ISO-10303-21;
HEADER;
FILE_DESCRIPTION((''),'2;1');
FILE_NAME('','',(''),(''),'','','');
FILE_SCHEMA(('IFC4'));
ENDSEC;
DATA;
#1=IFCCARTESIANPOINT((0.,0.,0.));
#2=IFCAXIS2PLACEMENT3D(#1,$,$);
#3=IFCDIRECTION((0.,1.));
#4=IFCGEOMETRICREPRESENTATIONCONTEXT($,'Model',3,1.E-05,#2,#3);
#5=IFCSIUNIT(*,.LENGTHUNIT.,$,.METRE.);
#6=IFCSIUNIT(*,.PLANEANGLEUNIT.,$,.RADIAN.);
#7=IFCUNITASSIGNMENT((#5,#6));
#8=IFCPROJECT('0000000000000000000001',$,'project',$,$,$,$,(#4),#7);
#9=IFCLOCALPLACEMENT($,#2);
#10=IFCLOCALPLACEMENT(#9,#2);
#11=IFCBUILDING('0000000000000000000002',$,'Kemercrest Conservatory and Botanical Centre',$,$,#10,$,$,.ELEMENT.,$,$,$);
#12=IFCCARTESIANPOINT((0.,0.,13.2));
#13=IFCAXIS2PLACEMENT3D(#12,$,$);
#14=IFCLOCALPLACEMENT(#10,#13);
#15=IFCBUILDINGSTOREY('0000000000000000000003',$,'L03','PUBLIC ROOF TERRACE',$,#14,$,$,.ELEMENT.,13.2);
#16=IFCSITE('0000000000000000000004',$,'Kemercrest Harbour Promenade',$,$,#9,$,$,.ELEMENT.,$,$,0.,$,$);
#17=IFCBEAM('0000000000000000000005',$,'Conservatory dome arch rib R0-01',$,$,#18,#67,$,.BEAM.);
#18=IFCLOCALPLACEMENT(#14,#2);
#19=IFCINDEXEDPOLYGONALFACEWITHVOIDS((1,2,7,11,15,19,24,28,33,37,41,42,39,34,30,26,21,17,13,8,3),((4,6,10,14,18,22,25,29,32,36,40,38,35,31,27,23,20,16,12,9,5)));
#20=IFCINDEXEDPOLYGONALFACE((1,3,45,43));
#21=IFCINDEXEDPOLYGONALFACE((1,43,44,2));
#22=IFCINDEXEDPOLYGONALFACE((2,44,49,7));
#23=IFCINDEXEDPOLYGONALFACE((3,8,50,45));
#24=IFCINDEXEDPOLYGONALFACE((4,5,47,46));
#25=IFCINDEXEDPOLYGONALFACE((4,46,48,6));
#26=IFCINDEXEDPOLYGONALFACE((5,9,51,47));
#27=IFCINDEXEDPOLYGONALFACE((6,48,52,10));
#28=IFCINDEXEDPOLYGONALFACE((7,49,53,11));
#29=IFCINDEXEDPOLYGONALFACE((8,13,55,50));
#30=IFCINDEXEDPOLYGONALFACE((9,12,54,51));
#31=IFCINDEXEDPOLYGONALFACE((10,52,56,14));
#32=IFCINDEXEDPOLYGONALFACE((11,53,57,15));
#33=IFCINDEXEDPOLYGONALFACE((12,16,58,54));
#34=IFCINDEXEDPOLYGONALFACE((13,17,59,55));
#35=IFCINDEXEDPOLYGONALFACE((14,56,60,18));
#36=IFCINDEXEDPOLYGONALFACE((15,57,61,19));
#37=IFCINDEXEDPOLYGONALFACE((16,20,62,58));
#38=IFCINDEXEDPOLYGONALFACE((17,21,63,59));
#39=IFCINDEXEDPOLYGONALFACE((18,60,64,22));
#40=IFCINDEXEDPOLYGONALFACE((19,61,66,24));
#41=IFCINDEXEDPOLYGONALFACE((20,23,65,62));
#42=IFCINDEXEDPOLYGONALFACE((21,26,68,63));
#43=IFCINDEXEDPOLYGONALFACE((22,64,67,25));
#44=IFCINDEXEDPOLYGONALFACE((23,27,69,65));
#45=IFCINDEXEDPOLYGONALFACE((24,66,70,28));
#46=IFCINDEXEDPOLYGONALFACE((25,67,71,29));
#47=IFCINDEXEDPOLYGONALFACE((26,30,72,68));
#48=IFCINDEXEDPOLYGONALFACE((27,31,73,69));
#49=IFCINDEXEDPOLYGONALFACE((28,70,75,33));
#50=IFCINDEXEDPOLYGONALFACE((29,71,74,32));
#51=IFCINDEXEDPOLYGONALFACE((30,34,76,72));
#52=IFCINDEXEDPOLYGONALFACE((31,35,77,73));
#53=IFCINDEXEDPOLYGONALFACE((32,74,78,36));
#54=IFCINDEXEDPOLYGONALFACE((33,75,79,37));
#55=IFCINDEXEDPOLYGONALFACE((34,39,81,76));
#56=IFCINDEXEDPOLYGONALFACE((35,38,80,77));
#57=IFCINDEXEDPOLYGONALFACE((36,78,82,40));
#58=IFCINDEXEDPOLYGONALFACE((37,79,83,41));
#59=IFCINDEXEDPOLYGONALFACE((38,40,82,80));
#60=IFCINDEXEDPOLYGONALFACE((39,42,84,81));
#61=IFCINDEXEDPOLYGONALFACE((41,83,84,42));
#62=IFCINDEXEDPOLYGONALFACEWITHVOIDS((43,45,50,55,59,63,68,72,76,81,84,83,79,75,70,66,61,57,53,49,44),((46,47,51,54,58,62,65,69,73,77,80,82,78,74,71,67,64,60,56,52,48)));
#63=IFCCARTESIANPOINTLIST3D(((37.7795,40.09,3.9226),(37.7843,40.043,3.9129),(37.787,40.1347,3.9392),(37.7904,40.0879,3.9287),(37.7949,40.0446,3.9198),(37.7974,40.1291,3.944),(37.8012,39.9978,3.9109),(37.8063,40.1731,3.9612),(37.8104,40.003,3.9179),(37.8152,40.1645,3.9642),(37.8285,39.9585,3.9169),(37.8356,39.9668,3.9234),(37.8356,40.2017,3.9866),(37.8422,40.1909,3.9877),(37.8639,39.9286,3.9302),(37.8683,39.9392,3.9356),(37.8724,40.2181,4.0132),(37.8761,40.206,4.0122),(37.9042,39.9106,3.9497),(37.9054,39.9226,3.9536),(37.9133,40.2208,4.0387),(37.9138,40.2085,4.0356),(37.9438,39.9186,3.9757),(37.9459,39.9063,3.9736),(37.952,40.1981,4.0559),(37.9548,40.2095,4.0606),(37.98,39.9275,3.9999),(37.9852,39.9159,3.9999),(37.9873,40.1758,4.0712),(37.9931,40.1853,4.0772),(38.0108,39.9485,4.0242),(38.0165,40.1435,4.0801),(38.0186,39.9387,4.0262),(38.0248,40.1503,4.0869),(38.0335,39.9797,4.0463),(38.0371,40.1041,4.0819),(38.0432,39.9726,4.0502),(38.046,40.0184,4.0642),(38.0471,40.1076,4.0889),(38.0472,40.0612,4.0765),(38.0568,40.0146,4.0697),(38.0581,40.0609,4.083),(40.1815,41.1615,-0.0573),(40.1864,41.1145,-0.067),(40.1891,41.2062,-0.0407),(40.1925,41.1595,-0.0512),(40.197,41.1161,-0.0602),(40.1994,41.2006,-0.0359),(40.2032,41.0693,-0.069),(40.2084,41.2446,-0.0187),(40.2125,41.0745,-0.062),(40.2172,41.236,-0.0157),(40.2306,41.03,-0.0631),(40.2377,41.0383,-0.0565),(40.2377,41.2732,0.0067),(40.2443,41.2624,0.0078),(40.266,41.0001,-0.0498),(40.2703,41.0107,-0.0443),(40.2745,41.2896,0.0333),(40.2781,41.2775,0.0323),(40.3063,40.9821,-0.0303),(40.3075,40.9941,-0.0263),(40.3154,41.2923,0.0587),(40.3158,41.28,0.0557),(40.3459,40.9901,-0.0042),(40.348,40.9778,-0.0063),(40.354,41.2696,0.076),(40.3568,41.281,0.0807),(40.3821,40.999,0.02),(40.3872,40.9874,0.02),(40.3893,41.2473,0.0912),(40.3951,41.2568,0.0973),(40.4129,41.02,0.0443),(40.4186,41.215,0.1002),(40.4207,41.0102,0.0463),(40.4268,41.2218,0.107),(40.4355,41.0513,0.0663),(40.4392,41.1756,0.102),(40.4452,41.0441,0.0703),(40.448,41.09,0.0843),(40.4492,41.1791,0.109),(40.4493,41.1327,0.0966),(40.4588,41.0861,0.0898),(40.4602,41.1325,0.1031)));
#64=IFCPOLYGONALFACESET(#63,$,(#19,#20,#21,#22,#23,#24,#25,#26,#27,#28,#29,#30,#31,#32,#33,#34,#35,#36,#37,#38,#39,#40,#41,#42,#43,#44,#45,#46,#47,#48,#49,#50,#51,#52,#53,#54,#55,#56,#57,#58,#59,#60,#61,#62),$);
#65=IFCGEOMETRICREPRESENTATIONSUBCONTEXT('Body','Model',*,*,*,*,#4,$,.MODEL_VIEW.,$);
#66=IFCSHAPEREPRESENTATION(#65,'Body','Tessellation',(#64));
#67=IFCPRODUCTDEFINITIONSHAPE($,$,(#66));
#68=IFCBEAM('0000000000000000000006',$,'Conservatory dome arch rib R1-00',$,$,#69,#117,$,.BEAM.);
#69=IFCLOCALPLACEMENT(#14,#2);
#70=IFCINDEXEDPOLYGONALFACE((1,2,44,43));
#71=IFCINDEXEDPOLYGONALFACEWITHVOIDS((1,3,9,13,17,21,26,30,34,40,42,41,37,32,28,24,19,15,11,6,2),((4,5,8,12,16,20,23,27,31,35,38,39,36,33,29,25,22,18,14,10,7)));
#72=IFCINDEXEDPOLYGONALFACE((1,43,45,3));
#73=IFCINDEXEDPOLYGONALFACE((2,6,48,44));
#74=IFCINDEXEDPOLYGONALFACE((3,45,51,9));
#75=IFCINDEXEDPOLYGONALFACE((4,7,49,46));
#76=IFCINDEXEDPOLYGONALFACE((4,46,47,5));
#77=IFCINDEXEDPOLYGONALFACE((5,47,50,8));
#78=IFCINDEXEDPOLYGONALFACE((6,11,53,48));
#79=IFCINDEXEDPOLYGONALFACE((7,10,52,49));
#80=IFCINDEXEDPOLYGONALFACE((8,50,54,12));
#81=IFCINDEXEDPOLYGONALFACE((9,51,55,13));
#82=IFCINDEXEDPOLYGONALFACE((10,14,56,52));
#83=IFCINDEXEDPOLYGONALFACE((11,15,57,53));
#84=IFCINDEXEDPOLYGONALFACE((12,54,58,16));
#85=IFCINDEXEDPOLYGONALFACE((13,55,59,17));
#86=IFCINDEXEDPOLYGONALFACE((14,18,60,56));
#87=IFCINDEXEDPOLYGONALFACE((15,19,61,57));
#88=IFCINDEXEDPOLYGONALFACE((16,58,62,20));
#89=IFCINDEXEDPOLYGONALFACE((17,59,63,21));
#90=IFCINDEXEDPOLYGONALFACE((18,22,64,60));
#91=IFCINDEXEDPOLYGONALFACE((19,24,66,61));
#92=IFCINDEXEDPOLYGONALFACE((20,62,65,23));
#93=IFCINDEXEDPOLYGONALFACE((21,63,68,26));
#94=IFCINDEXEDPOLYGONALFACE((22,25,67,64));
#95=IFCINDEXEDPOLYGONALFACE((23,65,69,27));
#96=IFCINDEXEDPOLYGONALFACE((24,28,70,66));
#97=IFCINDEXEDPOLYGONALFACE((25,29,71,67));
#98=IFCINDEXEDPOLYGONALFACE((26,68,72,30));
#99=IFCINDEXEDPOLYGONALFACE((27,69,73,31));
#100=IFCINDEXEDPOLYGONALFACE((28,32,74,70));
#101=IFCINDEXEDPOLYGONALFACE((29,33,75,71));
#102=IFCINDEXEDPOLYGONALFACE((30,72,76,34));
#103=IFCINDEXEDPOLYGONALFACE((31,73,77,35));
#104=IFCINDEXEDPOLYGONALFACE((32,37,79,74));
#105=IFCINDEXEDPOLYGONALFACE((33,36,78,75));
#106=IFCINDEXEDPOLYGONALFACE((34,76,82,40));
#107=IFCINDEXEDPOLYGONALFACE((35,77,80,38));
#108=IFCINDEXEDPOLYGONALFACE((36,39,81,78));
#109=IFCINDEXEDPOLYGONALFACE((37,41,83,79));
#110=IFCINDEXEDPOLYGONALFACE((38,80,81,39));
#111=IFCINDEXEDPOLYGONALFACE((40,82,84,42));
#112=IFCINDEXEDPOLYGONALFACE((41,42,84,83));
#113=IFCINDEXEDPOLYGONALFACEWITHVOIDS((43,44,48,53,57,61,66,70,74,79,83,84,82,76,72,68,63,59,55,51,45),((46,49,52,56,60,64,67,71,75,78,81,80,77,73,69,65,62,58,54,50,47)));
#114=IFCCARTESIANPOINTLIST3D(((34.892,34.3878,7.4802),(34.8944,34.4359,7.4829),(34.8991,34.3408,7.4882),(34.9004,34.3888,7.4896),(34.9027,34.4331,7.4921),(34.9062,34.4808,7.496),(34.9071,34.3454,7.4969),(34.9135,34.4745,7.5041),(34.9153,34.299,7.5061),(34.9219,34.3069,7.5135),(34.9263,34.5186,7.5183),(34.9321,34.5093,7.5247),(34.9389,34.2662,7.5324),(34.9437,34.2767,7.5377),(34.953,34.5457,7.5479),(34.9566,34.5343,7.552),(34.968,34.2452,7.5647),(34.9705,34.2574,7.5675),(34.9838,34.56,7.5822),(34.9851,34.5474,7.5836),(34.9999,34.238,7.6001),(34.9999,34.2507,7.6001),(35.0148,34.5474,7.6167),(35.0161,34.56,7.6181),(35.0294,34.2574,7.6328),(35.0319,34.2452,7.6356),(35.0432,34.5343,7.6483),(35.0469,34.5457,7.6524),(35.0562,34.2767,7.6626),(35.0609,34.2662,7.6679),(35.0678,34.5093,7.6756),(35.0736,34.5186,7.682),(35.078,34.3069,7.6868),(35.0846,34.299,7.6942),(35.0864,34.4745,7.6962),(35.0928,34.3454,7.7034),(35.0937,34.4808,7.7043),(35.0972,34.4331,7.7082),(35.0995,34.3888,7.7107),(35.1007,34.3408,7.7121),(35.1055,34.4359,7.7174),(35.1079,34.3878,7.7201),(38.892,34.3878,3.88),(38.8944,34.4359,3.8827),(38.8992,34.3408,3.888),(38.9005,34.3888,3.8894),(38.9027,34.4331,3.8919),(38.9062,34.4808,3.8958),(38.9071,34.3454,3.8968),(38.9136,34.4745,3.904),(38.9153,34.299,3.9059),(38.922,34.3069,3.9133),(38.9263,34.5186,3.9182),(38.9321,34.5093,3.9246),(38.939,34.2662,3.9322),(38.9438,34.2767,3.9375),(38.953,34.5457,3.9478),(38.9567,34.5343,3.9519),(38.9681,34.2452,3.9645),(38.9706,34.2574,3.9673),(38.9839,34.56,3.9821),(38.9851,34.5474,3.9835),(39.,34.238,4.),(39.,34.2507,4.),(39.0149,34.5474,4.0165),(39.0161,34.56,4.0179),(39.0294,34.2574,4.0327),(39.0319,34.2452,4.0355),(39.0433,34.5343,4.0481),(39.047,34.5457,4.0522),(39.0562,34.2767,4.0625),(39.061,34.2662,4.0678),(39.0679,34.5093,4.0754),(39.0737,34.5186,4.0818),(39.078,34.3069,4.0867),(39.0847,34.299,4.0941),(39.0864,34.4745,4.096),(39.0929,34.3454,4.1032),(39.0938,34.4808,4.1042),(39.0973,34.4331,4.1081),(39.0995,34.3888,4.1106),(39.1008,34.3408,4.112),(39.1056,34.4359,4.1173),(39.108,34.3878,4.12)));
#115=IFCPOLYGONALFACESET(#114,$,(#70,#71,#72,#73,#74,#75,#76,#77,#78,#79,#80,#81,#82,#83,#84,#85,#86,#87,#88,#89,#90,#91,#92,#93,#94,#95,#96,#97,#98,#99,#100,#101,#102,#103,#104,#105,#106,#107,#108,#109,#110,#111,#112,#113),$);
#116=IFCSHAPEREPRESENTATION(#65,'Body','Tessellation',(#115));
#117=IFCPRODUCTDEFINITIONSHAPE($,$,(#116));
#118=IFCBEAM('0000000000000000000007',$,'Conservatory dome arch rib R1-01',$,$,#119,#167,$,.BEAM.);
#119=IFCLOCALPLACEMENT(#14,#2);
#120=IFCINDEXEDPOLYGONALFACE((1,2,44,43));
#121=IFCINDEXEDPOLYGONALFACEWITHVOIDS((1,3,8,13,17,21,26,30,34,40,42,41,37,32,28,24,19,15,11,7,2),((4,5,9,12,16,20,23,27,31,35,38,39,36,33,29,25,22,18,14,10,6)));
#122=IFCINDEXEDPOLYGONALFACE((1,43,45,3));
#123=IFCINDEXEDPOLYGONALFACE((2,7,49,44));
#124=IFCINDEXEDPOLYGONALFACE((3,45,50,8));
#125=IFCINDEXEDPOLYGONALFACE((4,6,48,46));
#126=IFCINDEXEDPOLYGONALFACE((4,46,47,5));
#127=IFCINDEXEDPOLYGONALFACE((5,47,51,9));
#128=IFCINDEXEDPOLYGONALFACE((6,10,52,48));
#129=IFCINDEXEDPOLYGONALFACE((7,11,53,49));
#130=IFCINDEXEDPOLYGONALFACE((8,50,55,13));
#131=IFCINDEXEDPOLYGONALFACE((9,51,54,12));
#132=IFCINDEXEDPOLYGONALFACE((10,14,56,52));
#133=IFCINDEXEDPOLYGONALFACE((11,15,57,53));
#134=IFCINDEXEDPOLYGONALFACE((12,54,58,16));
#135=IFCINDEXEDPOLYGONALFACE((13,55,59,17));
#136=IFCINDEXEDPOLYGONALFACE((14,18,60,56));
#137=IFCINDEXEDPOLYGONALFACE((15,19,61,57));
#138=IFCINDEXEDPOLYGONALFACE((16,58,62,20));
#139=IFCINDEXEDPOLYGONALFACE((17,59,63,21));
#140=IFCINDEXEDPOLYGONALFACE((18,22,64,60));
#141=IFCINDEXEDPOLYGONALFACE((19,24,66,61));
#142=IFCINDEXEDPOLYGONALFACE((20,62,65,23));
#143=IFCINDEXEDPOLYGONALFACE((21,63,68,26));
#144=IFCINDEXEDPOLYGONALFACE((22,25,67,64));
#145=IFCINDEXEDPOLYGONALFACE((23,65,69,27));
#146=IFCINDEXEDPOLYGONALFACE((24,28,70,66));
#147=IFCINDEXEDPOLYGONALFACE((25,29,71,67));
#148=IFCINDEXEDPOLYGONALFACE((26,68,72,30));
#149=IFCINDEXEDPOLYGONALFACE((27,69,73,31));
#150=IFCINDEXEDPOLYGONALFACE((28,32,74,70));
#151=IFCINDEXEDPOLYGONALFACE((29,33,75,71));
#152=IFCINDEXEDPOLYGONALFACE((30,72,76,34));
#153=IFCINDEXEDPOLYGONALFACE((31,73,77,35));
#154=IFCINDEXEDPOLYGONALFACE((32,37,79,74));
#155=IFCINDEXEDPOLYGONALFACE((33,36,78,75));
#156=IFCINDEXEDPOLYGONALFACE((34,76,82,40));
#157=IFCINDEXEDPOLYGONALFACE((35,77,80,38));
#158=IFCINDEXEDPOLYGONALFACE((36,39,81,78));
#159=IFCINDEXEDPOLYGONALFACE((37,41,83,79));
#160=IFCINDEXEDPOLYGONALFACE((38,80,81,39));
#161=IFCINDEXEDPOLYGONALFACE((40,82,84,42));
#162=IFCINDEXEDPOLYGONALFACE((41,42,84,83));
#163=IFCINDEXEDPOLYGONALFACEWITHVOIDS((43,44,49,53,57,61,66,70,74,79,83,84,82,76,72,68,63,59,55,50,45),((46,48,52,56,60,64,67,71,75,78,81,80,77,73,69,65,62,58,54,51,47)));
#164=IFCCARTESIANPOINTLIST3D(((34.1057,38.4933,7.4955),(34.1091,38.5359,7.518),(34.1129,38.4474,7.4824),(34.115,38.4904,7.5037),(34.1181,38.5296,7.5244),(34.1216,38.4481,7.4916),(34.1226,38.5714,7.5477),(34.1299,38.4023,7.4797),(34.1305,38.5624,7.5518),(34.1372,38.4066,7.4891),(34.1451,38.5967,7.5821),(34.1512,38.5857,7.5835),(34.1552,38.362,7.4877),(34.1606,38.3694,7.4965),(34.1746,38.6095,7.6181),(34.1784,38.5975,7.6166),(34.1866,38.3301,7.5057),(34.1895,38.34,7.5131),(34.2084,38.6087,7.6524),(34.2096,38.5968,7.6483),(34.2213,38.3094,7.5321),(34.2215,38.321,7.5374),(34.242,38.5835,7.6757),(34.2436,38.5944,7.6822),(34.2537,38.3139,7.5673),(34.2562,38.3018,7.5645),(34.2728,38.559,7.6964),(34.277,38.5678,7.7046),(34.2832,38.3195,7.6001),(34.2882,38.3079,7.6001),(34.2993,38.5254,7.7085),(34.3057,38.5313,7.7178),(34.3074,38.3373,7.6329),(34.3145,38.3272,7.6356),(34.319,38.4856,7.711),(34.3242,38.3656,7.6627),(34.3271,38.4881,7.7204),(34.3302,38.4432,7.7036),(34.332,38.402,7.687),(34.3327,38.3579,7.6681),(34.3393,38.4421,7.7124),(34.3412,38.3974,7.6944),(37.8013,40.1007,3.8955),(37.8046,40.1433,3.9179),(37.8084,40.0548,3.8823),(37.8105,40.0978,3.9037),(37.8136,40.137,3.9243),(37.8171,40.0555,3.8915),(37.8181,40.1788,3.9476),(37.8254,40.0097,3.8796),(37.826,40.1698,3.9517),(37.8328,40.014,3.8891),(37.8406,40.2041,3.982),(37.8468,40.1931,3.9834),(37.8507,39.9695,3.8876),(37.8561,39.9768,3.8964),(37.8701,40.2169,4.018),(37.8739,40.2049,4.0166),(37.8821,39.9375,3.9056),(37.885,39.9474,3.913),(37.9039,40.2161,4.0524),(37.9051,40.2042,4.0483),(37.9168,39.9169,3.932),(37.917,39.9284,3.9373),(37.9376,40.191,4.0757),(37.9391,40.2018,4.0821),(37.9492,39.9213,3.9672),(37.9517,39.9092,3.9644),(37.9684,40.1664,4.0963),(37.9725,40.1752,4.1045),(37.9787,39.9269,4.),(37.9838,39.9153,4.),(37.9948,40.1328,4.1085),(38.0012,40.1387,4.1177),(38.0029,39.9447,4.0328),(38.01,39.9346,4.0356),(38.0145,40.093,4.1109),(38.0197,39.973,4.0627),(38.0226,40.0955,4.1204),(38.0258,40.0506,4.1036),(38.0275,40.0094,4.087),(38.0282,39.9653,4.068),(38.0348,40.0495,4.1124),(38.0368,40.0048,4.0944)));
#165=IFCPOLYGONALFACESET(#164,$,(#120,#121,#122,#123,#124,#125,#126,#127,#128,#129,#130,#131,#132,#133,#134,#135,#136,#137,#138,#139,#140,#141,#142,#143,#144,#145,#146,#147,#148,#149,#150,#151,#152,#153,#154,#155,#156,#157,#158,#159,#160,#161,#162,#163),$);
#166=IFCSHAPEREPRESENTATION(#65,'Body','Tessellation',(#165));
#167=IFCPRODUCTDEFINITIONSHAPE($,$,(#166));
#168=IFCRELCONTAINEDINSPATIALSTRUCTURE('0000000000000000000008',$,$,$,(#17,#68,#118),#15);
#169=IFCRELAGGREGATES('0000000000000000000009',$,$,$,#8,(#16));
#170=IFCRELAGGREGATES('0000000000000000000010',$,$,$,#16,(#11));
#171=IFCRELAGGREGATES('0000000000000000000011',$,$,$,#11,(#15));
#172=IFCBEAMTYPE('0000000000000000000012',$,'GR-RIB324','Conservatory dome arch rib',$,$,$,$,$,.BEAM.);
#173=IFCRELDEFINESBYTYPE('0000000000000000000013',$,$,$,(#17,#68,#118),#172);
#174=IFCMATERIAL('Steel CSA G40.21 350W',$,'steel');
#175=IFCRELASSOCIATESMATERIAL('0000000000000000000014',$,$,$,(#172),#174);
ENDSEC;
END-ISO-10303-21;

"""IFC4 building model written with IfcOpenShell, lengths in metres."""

from ifc_helpers import new_model, si_unit, direction, frame, origin, origin_2d, place, context, subcontext, project, spatial, hollow_circle, extrude, material, material_profile, profile_set, type_object, element, save


model = new_model("IFC4")

# Units and contexts
model_context = context("Model", 3, precision=1e-05, world=origin(), true_north=direction((0.0, 1.0)))
body_context = subcontext(model_context, "Body", "Model", "MODEL_VIEW")
ifc_project = project(units=[si_unit("LENGTHUNIT", "METRE"), si_unit("PLANEANGLEUNIT", "RADIAN")], contexts=[model_context])

# Site, building, storey
site_placement = place(None, origin())
site = spatial("IfcSite", under=ifc_project, at=site_placement, Name="Kemercrest Harbour Promenade", CompositionType="ELEMENT", RefElevation=0.0)
building_placement = place(site_placement, origin())
building = spatial("IfcBuilding", under=site, at=building_placement, Name="Kemercrest Conservatory and Botanical Centre", CompositionType="ELEMENT")
storey_placement = place(building_placement, frame((0.0, 0.0, 13.2)))
storey = spatial("IfcBuildingStorey", under=building, at=storey_placement, Name="L03", Description="PUBLIC ROOF TERRACE", CompositionType="ELEMENT", Elevation=13.2)

# Beams
ifc_material_1 = material(Name="Steel CSA G40.21 350W", Category="steel")
ifc_material_profile_1 = material_profile(ifc_material_1, hollow_circle(Radius=0.1619, WallThickness=0.0127, at=origin_2d()), Name="CHS 323.9x12.7")
ifc_profile_set_1 = profile_set([ifc_material_profile_1], Name="Steel CSA G40.21 350W")
beam_type_1 = type_object("IfcBeamType", Name="GR-RIB324", Description="Conservatory dome arch rib", PredefinedType="BEAM", material=ifc_profile_set_1)
beam_1_placement = place(storey_placement, frame((40.3213, 41.1353, 0.02), z_axis=(-0.503523, -0.224612, 0.834275), x_axis=(0.407387, -0.913256, 0.0)))
element("IfcBeam", 1, at=beam_1_placement, inside=storey, type_object=beam_type_1, Name="Conservatory dome arch rib R0-01", PredefinedType="BEAM", context=body_context, shape_type="SweptSolid", body=[
    extrude(hollow_circle(Radius=0.1619, WallThickness=0.0127, at=origin_2d()), origin(), (0.0, 0.0, 1.0), 4.7705),
])
beam_2_placement = place(storey_placement, frame((39.0, 34.3999, 4.0), z_axis=(-0.743285, 0.0, 0.668975), x_axis=(0.0, -1.0, 0.0)))
element("IfcBeam", 2, at=beam_2_placement, inside=storey, type_object=beam_type_1, Name="Conservatory dome arch rib R1-00", PredefinedType="BEAM", context=body_context, shape_type="SweptSolid", body=[
    extrude(hollow_circle(Radius=0.1619, WallThickness=0.0127, at=origin_2d()), origin(), (0.0, 0.0, 1.0), 5.3816),
])
beam_3_placement = place(storey_placement, frame((37.9192, 40.0637, 4.0), z_axis=(-0.683874, -0.297458, 0.666209), x_axis=(0.398863, -0.91701, 0.0)))
element("IfcBeam", 3, at=beam_3_placement, inside=storey, type_object=beam_type_1, Name="Conservatory dome arch rib R1-01", PredefinedType="BEAM", context=body_context, shape_type="SweptSolid", body=[
    extrude(hollow_circle(Radius=0.1619, WallThickness=0.0127, at=origin_2d()), origin(), (0.0, 0.0, 1.0), 5.4038),
])

save(model, "model.ifc")
